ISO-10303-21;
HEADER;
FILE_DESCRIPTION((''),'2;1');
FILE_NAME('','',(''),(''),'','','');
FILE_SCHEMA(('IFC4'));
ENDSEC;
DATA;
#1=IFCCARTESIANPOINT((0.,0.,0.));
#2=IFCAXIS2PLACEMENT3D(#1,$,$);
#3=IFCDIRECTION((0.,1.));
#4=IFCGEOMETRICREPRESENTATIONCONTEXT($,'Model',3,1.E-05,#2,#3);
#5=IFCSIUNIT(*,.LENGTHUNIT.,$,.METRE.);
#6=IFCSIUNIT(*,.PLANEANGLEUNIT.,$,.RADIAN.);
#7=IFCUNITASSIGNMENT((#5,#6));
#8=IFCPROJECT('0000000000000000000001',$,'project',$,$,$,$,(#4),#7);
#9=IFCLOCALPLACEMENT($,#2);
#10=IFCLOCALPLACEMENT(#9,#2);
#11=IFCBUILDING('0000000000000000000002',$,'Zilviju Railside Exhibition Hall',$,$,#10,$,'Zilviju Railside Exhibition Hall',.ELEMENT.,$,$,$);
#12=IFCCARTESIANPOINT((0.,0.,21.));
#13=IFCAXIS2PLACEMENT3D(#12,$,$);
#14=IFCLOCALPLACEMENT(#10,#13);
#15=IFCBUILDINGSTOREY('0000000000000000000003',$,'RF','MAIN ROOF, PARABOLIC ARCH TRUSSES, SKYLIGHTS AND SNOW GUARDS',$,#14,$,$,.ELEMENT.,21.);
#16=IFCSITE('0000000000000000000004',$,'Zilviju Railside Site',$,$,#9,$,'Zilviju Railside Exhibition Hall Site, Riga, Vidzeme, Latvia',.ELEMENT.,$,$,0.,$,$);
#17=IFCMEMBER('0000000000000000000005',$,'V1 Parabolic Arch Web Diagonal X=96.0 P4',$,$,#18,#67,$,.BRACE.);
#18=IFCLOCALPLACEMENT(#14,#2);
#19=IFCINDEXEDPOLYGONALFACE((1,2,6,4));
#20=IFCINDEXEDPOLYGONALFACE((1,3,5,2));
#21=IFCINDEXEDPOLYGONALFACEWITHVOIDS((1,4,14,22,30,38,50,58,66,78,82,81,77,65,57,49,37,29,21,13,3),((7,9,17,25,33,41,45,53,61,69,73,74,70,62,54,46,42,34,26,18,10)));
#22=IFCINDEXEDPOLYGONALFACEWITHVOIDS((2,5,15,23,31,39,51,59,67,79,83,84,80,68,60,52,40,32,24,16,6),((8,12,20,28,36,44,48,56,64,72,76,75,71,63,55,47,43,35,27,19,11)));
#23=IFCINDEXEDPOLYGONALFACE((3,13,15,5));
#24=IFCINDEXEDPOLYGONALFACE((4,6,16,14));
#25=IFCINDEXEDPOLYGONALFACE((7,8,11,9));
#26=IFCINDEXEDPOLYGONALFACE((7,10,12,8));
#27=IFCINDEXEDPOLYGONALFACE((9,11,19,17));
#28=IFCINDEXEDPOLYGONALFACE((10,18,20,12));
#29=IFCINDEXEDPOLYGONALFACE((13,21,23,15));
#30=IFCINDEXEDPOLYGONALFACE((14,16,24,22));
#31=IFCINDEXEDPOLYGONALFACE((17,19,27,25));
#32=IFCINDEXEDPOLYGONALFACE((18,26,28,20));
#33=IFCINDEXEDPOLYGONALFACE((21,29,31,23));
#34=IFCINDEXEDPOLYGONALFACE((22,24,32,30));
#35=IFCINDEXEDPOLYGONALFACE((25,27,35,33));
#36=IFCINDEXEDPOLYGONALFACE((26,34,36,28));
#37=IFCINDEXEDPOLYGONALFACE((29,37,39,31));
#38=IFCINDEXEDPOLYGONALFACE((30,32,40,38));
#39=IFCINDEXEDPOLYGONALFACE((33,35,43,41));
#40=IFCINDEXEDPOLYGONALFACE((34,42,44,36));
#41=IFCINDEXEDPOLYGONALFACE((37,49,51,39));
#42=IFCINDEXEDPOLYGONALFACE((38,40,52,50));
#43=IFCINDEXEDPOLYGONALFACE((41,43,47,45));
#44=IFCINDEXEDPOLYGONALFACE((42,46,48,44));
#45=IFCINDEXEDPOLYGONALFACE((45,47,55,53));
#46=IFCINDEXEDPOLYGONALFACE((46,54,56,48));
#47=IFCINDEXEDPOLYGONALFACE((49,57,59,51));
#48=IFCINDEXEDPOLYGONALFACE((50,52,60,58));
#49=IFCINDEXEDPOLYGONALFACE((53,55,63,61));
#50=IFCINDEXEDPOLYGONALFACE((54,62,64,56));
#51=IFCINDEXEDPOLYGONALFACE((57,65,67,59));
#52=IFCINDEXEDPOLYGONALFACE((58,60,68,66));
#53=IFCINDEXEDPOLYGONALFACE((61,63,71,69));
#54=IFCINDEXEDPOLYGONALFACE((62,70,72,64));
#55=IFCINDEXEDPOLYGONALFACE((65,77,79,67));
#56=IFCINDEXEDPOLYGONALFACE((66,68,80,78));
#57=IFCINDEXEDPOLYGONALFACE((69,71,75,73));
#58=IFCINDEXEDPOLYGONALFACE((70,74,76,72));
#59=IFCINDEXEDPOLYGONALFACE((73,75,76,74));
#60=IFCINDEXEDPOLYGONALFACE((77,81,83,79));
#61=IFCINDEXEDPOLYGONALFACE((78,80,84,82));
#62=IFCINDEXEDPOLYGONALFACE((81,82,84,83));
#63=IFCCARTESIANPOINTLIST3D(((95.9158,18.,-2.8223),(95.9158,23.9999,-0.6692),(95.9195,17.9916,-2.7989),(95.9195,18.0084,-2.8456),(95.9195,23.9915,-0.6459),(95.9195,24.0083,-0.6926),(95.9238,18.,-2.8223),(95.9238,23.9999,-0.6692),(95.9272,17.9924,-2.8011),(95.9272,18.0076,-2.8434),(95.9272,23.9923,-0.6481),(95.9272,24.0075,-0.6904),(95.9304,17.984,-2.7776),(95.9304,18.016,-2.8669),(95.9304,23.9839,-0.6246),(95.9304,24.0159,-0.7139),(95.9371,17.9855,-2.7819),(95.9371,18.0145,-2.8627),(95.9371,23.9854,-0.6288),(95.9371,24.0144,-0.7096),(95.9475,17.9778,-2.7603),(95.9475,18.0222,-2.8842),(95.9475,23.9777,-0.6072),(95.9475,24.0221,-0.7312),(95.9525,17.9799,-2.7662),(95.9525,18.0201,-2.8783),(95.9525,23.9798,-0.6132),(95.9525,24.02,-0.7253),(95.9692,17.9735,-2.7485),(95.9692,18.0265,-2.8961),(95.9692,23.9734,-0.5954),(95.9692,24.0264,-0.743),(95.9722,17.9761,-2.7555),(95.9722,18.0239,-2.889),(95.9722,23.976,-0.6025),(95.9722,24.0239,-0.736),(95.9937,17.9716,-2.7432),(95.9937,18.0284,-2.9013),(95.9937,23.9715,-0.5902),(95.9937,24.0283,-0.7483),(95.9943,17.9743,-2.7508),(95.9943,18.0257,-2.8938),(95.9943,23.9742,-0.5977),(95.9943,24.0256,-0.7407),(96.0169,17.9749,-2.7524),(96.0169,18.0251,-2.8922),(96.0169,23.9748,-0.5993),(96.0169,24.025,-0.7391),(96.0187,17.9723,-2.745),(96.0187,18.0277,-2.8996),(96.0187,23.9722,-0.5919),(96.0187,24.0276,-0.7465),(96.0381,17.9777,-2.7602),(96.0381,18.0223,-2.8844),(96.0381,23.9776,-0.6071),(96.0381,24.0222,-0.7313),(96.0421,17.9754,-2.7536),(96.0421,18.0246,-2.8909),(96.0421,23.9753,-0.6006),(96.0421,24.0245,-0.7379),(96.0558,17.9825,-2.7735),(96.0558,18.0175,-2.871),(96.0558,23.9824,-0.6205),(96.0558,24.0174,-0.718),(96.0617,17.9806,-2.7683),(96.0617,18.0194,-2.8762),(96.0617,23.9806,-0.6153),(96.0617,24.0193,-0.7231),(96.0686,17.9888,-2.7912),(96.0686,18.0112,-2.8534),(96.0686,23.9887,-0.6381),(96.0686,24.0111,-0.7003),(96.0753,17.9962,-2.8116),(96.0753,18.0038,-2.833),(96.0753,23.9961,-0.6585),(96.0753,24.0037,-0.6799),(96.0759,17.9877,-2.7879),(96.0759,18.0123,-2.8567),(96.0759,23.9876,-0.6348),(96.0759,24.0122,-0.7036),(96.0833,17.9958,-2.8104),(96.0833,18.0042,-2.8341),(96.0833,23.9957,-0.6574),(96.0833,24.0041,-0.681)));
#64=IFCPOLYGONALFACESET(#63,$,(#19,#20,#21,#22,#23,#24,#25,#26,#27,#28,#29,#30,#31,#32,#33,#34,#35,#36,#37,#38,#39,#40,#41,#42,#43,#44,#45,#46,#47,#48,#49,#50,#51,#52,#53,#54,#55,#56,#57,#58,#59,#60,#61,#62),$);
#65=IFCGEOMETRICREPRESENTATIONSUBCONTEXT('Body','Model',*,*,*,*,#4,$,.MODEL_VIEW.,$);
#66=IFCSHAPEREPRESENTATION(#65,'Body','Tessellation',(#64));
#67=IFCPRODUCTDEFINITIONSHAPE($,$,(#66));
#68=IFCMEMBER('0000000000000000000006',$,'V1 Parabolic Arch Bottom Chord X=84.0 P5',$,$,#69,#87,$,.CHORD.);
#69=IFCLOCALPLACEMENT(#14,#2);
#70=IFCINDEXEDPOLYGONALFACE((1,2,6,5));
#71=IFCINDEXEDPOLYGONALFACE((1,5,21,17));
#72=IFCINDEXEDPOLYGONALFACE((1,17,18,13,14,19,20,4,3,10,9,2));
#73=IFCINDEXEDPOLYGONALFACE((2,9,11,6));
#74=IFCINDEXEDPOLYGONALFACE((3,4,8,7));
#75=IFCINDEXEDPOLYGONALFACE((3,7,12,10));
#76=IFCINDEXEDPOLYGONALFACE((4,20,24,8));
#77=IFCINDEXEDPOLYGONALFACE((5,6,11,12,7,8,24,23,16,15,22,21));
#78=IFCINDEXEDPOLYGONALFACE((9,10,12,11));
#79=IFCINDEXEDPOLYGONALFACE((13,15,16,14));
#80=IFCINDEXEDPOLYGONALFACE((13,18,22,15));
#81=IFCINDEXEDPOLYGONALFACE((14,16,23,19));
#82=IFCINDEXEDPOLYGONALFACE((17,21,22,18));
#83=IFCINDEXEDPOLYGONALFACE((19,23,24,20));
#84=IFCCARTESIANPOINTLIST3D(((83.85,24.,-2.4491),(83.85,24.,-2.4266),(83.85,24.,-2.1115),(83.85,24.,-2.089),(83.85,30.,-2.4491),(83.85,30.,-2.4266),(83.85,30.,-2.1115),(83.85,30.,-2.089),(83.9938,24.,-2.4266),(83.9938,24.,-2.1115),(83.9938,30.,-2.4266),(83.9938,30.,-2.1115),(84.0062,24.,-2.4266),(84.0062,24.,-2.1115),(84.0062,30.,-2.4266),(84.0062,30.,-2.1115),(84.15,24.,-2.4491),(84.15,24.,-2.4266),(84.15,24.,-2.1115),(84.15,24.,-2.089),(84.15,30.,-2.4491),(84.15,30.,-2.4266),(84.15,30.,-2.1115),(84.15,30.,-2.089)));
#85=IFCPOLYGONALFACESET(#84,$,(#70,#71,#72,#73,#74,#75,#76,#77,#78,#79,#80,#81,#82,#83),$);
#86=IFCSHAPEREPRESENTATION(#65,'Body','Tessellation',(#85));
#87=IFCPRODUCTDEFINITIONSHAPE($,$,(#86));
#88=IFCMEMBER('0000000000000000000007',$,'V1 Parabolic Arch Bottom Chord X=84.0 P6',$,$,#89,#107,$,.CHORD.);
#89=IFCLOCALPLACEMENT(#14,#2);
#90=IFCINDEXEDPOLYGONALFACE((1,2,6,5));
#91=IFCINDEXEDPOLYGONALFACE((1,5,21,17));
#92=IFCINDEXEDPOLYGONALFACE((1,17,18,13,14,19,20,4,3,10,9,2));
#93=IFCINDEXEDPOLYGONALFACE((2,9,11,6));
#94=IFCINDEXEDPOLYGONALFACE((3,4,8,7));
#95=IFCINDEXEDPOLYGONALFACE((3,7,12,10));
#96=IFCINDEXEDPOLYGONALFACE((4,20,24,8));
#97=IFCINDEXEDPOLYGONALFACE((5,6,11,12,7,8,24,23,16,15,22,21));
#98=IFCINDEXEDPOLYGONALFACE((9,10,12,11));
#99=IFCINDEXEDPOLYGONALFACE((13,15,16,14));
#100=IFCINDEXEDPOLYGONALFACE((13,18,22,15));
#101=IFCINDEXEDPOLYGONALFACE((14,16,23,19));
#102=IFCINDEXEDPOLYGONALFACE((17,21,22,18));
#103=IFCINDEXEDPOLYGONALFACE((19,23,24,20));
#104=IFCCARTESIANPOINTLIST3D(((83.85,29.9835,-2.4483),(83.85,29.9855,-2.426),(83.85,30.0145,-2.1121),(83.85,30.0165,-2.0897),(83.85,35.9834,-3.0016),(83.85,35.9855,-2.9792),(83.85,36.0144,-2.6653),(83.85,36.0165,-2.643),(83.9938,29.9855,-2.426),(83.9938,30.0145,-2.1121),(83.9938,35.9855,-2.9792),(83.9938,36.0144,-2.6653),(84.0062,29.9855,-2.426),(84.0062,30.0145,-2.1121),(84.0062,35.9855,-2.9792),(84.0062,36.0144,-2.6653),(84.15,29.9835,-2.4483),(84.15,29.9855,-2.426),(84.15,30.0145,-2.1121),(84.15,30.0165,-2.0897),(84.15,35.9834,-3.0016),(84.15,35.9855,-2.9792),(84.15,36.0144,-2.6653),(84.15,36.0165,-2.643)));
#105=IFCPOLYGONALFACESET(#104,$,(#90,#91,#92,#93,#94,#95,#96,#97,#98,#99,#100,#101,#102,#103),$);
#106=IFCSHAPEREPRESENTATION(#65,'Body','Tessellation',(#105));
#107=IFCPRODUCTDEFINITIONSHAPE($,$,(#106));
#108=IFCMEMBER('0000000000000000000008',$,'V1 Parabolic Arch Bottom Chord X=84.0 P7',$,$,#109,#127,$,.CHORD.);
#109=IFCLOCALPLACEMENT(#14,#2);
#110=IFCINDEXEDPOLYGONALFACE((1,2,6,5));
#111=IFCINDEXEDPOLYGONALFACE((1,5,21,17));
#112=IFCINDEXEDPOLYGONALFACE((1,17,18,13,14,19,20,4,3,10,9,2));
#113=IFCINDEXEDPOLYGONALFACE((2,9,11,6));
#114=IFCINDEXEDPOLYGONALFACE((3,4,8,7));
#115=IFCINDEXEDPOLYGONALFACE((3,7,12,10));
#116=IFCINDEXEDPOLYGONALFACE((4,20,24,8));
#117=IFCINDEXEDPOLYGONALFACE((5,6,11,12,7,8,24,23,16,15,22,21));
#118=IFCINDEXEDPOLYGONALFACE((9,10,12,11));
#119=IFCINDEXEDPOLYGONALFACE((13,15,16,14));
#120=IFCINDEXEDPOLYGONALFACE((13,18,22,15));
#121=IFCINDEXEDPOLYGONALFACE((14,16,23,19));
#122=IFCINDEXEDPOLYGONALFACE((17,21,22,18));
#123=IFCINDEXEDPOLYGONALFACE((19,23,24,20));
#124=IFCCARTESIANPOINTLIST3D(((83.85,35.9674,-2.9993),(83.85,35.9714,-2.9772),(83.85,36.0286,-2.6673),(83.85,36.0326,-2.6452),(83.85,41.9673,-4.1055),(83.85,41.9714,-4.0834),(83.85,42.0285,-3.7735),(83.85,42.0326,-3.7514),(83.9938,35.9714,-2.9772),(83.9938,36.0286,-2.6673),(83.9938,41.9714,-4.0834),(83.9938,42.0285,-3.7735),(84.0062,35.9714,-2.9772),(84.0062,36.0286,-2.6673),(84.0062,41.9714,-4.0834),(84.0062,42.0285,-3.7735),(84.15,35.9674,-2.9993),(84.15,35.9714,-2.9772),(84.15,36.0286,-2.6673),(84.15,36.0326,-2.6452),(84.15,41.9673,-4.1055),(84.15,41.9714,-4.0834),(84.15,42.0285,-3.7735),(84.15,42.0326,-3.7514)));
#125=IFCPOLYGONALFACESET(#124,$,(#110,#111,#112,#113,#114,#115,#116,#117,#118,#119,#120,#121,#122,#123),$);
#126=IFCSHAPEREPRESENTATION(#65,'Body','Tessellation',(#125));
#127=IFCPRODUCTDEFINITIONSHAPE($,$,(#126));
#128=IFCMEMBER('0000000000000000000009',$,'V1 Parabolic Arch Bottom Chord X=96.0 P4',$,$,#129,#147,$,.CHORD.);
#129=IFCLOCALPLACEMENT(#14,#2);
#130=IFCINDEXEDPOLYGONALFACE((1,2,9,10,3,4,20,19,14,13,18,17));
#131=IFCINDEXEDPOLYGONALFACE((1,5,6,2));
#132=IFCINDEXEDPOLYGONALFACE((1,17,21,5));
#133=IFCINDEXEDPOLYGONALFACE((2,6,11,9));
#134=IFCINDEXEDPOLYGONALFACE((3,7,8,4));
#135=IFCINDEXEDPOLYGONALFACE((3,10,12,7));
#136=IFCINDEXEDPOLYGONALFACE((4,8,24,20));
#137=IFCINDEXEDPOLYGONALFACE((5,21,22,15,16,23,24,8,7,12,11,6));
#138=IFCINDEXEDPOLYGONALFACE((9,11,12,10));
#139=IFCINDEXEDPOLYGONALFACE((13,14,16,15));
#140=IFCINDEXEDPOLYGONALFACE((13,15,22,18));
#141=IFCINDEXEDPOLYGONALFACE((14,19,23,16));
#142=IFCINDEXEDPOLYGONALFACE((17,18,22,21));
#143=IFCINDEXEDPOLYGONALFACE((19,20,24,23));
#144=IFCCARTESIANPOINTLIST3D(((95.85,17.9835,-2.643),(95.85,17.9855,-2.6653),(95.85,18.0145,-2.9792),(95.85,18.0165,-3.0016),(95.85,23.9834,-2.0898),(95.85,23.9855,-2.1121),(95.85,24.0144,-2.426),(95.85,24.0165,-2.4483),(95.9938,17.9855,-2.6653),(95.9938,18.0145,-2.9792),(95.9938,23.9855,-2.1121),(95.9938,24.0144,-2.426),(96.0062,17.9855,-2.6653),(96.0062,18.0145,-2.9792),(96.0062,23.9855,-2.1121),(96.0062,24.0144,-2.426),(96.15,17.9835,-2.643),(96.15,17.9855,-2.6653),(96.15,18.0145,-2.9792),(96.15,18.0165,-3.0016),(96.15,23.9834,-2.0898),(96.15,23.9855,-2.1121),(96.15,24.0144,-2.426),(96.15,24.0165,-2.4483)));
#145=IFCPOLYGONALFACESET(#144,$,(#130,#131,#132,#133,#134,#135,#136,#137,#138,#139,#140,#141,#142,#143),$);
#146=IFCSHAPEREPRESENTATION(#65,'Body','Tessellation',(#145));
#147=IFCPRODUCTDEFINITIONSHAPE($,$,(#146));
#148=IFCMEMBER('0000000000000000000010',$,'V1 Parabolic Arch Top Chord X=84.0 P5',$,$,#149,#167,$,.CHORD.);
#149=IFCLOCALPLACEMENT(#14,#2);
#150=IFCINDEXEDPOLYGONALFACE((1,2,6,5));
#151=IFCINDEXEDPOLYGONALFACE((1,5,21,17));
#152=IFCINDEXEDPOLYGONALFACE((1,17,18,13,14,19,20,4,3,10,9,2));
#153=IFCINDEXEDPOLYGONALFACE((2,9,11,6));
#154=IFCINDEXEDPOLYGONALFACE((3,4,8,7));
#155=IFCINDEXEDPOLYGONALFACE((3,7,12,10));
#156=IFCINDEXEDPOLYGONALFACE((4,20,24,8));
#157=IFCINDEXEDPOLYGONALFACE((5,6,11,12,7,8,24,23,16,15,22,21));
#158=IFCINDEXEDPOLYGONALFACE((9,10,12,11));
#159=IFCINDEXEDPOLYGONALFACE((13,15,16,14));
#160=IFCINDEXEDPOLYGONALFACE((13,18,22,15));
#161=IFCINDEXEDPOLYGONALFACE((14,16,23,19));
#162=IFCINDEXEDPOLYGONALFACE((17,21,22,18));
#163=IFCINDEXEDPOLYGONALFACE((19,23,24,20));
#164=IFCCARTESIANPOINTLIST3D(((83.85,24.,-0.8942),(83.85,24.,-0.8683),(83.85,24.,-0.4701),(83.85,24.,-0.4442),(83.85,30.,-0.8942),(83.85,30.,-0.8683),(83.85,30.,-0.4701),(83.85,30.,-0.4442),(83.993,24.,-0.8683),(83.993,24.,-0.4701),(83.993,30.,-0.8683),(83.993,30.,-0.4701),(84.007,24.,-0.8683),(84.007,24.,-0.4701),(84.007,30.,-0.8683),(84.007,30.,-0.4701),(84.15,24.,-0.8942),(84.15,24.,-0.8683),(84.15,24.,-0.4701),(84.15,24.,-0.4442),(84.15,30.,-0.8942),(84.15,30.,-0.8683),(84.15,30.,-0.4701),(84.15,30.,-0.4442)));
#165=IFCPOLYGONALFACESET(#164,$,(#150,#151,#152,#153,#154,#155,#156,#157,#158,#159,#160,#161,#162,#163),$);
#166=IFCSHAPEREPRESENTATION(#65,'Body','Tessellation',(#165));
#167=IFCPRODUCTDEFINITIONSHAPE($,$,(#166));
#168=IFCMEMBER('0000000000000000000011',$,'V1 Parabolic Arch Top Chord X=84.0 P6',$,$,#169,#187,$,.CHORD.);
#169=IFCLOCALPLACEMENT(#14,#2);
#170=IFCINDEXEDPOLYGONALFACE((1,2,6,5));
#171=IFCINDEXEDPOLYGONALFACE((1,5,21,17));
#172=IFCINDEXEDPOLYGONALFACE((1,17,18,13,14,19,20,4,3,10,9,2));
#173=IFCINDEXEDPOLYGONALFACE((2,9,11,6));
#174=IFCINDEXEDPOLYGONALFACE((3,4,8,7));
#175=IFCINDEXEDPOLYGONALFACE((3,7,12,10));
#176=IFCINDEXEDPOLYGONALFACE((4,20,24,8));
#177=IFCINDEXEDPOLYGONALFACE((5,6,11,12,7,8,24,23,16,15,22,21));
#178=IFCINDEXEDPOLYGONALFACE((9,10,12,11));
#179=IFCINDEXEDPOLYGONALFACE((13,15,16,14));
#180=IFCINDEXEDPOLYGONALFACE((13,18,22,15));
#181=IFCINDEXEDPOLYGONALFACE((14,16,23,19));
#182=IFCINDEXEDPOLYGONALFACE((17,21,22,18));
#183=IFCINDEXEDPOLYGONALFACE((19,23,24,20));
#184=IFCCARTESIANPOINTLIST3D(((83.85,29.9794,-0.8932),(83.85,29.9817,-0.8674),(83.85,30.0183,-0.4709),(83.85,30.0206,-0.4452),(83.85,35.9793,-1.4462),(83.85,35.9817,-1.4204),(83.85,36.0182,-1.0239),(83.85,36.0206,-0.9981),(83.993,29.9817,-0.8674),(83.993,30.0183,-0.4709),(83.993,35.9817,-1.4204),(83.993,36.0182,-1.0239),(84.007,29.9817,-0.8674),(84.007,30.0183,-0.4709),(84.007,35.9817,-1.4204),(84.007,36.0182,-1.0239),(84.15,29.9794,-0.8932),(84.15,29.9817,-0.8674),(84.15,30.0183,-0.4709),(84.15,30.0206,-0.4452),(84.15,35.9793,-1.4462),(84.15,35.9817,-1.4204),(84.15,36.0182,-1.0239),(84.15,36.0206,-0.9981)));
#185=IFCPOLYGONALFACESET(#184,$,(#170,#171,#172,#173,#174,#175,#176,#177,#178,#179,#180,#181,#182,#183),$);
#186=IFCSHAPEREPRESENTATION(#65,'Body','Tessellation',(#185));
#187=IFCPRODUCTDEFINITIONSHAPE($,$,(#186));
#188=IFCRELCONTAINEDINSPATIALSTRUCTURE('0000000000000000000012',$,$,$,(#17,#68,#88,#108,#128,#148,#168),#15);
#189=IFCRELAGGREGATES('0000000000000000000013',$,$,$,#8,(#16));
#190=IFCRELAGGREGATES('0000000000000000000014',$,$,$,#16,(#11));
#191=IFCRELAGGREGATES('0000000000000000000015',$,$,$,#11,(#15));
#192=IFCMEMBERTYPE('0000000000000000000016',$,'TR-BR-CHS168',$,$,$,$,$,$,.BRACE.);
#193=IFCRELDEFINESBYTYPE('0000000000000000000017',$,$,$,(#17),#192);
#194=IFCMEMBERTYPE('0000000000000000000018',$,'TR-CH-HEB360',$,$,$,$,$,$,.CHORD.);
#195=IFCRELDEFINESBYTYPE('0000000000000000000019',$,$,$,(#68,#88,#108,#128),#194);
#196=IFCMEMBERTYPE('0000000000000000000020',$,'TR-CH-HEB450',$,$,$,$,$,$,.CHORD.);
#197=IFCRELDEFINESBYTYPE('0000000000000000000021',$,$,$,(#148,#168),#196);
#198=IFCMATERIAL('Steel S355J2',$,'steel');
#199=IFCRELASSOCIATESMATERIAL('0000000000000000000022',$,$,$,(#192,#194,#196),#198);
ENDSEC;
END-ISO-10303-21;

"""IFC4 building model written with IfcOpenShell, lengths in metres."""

from ifc_helpers import new_model, si_unit, direction, frame, origin, origin_2d, place, context, subcontext, project, spatial, hollow_circle, i_section, extrude, material, material_profile, profile_set, type_object, element, save


model = new_model("IFC4")

# Units and contexts
model_context = context("Model", 3, precision=1e-05, world=origin(), true_north=direction((0.0, 1.0)))
body_context = subcontext(model_context, "Body", "Model", "MODEL_VIEW")
ifc_project = project(units=[si_unit("LENGTHUNIT", "METRE"), si_unit("PLANEANGLEUNIT", "RADIAN")], contexts=[model_context])

# Site, building, storey
site_placement = place(None, origin())
site = spatial("IfcSite", under=ifc_project, at=site_placement, Name="Zilviju Railside Site", LongName="Zilviju Railside Exhibition Hall Site, Riga, Vidzeme, Latvia", CompositionType="ELEMENT", RefElevation=0.0)
building_placement = place(site_placement, origin())
building = spatial("IfcBuilding", under=site, at=building_placement, Name="Zilviju Railside Exhibition Hall", LongName="Zilviju Railside Exhibition Hall", CompositionType="ELEMENT")
storey_placement = place(building_placement, frame((0.0, 0.0, 21.0)))
storey = spatial("IfcBuildingStorey", under=building, at=storey_placement, Name="RF", Description="MAIN ROOF, PARABOLIC ARCH TRUSSES, SKYLIGHTS AND SNOW GUARDS", CompositionType="ELEMENT", Elevation=21.0)

# Members
ifc_material_1 = material(Name="Steel S355J2", Category="steel")
ifc_material_profile_1 = material_profile(ifc_material_1, hollow_circle(Radius=0.0842, WallThickness=0.0081, at=origin_2d()), Name="CHS 168.3x8.0")
ifc_profile_set_1 = profile_set([ifc_material_profile_1], Name="Steel S355J2")
member_type_1 = type_object("IfcMemberType", Name="TR-BR-CHS168", PredefinedType="BRACE", material=ifc_profile_set_1)
member_1_placement = place(storey_placement, frame((96.0, 18.0, -2.8223), z_axis=(0.0, 0.941233, 0.337758), x_axis=(-1.0, 0.0, 0.0)))
element("IfcMember", 1, at=member_1_placement, inside=storey, type_object=member_type_1, Name="V1 Parabolic Arch Web Diagonal X=96.0 P4", PredefinedType="BRACE", context=body_context, shape_type="SweptSolid", body=[
    extrude(hollow_circle(Radius=0.0842, WallThickness=0.0081, at=origin_2d()), origin(), (0.0, 0.0, 1.0), 6.3745),
])
ifc_material_profile_2 = material_profile(ifc_material_1, i_section(OverallWidth=0.3, OverallDepth=0.3601, WebThickness=0.0125, FlangeThickness=0.0225, at=origin_2d()), Name="HEB 360")
ifc_profile_set_2 = profile_set([ifc_material_profile_2], Name="Steel S355J2")
member_type_2 = type_object("IfcMemberType", Name="TR-CH-HEB360", PredefinedType="CHORD", material=ifc_profile_set_2)
member_2_placement = place(storey_placement, frame((84.0, 24.0, -2.269), z_axis=(0.0, 1.0, 0.0), x_axis=(-1.0, 0.0, 0.0)))
element("IfcMember", 2, at=member_2_placement, inside=storey, type_object=member_type_2, Name="V1 Parabolic Arch Bottom Chord X=84.0 P5", PredefinedType="CHORD", context=body_context, shape_type="SweptSolid", body=[
    extrude(i_section(OverallWidth=0.3, OverallDepth=0.3601, WebThickness=0.0125, FlangeThickness=0.0225, at=origin_2d()), origin(), (0.0, 0.0, 1.0), 6.0),
])
member_3_placement = place(storey_placement, frame((84.0, 30.0, -2.269), z_axis=(0.0, 0.995776, -0.091814), x_axis=(-1.0, 0.0, 0.0)))
element("IfcMember", 3, at=member_3_placement, inside=storey, type_object=member_type_2, Name="V1 Parabolic Arch Bottom Chord X=84.0 P6", PredefinedType="CHORD", context=body_context, shape_type="SweptSolid", body=[
    extrude(i_section(OverallWidth=0.3, OverallDepth=0.3601, WebThickness=0.0125, FlangeThickness=0.0225, at=origin_2d()), origin(), (0.0, 0.0, 1.0), 6.0254),
])
member_4_placement = place(storey_placement, frame((84.0, 36.0, -2.8223), z_axis=(0.0, 0.983426, -0.181311), x_axis=(-1.0, 0.0, 0.0)))
element("IfcMember", 4, at=member_4_placement, inside=storey, type_object=member_type_2, Name="V1 Parabolic Arch Bottom Chord X=84.0 P7", PredefinedType="CHORD", context=body_context, shape_type="SweptSolid", body=[
    extrude(i_section(OverallWidth=0.3, OverallDepth=0.3601, WebThickness=0.0125, FlangeThickness=0.0225, at=origin_2d()), origin(), (0.0, 0.0, 1.0), 6.1011),
])
member_5_placement = place(storey_placement, frame((96.0, 18.0, -2.8223), z_axis=(0.0, 0.995776, 0.091814), x_axis=(-1.0, 0.0, 0.0)))
element("IfcMember", 5, at=member_5_placement, inside=storey, type_object=member_type_2, Name="V1 Parabolic Arch Bottom Chord X=96.0 P4", PredefinedType="CHORD", context=body_context, shape_type="SweptSolid", body=[
    extrude(i_section(OverallWidth=0.3, OverallDepth=0.3601, WebThickness=0.0125, FlangeThickness=0.0225, at=origin_2d()), origin(), (0.0, 0.0, 1.0), 6.0254),
])
ifc_material_profile_3 = material_profile(ifc_material_1, i_section(OverallWidth=0.3, OverallDepth=0.45, WebThickness=0.0139, FlangeThickness=0.0259, at=origin_2d()), Name="HEB 450")
ifc_profile_set_3 = profile_set([ifc_material_profile_3], Name="Steel S355J2")
member_type_3 = type_object("IfcMemberType", Name="TR-CH-HEB450", PredefinedType="CHORD", material=ifc_profile_set_3)
member_6_placement = place(storey_placement, frame((84.0, 24.0, -0.6692), z_axis=(0.0, 1.0, 0.0), x_axis=(-1.0, 0.0, 0.0)))
element("IfcMember", 6, at=member_6_placement, inside=storey, type_object=member_type_3, Name="V1 Parabolic Arch Top Chord X=84.0 P5", PredefinedType="CHORD", context=body_context, shape_type="SweptSolid", body=[
    extrude(i_section(OverallWidth=0.3, OverallDepth=0.45, WebThickness=0.0139, FlangeThickness=0.0259, at=origin_2d()), origin(), (0.0, 0.0, 1.0), 6.0),
])
member_7_placement = place(storey_placement, frame((84.0, 30.0, -0.6692), z_axis=(0.0, 0.99578, -0.091774), x_axis=(-1.0, 0.0, 0.0)))
element("IfcMember", 7, at=member_7_placement, inside=storey, type_object=member_type_3, Name="V1 Parabolic Arch Top Chord X=84.0 P6", PredefinedType="CHORD", context=body_context, shape_type="SweptSolid", body=[
    extrude(i_section(OverallWidth=0.3, OverallDepth=0.45, WebThickness=0.0139, FlangeThickness=0.0259, at=origin_2d()), origin(), (0.0, 0.0, 1.0), 6.0254),
])

save(model, "model.ifc")
